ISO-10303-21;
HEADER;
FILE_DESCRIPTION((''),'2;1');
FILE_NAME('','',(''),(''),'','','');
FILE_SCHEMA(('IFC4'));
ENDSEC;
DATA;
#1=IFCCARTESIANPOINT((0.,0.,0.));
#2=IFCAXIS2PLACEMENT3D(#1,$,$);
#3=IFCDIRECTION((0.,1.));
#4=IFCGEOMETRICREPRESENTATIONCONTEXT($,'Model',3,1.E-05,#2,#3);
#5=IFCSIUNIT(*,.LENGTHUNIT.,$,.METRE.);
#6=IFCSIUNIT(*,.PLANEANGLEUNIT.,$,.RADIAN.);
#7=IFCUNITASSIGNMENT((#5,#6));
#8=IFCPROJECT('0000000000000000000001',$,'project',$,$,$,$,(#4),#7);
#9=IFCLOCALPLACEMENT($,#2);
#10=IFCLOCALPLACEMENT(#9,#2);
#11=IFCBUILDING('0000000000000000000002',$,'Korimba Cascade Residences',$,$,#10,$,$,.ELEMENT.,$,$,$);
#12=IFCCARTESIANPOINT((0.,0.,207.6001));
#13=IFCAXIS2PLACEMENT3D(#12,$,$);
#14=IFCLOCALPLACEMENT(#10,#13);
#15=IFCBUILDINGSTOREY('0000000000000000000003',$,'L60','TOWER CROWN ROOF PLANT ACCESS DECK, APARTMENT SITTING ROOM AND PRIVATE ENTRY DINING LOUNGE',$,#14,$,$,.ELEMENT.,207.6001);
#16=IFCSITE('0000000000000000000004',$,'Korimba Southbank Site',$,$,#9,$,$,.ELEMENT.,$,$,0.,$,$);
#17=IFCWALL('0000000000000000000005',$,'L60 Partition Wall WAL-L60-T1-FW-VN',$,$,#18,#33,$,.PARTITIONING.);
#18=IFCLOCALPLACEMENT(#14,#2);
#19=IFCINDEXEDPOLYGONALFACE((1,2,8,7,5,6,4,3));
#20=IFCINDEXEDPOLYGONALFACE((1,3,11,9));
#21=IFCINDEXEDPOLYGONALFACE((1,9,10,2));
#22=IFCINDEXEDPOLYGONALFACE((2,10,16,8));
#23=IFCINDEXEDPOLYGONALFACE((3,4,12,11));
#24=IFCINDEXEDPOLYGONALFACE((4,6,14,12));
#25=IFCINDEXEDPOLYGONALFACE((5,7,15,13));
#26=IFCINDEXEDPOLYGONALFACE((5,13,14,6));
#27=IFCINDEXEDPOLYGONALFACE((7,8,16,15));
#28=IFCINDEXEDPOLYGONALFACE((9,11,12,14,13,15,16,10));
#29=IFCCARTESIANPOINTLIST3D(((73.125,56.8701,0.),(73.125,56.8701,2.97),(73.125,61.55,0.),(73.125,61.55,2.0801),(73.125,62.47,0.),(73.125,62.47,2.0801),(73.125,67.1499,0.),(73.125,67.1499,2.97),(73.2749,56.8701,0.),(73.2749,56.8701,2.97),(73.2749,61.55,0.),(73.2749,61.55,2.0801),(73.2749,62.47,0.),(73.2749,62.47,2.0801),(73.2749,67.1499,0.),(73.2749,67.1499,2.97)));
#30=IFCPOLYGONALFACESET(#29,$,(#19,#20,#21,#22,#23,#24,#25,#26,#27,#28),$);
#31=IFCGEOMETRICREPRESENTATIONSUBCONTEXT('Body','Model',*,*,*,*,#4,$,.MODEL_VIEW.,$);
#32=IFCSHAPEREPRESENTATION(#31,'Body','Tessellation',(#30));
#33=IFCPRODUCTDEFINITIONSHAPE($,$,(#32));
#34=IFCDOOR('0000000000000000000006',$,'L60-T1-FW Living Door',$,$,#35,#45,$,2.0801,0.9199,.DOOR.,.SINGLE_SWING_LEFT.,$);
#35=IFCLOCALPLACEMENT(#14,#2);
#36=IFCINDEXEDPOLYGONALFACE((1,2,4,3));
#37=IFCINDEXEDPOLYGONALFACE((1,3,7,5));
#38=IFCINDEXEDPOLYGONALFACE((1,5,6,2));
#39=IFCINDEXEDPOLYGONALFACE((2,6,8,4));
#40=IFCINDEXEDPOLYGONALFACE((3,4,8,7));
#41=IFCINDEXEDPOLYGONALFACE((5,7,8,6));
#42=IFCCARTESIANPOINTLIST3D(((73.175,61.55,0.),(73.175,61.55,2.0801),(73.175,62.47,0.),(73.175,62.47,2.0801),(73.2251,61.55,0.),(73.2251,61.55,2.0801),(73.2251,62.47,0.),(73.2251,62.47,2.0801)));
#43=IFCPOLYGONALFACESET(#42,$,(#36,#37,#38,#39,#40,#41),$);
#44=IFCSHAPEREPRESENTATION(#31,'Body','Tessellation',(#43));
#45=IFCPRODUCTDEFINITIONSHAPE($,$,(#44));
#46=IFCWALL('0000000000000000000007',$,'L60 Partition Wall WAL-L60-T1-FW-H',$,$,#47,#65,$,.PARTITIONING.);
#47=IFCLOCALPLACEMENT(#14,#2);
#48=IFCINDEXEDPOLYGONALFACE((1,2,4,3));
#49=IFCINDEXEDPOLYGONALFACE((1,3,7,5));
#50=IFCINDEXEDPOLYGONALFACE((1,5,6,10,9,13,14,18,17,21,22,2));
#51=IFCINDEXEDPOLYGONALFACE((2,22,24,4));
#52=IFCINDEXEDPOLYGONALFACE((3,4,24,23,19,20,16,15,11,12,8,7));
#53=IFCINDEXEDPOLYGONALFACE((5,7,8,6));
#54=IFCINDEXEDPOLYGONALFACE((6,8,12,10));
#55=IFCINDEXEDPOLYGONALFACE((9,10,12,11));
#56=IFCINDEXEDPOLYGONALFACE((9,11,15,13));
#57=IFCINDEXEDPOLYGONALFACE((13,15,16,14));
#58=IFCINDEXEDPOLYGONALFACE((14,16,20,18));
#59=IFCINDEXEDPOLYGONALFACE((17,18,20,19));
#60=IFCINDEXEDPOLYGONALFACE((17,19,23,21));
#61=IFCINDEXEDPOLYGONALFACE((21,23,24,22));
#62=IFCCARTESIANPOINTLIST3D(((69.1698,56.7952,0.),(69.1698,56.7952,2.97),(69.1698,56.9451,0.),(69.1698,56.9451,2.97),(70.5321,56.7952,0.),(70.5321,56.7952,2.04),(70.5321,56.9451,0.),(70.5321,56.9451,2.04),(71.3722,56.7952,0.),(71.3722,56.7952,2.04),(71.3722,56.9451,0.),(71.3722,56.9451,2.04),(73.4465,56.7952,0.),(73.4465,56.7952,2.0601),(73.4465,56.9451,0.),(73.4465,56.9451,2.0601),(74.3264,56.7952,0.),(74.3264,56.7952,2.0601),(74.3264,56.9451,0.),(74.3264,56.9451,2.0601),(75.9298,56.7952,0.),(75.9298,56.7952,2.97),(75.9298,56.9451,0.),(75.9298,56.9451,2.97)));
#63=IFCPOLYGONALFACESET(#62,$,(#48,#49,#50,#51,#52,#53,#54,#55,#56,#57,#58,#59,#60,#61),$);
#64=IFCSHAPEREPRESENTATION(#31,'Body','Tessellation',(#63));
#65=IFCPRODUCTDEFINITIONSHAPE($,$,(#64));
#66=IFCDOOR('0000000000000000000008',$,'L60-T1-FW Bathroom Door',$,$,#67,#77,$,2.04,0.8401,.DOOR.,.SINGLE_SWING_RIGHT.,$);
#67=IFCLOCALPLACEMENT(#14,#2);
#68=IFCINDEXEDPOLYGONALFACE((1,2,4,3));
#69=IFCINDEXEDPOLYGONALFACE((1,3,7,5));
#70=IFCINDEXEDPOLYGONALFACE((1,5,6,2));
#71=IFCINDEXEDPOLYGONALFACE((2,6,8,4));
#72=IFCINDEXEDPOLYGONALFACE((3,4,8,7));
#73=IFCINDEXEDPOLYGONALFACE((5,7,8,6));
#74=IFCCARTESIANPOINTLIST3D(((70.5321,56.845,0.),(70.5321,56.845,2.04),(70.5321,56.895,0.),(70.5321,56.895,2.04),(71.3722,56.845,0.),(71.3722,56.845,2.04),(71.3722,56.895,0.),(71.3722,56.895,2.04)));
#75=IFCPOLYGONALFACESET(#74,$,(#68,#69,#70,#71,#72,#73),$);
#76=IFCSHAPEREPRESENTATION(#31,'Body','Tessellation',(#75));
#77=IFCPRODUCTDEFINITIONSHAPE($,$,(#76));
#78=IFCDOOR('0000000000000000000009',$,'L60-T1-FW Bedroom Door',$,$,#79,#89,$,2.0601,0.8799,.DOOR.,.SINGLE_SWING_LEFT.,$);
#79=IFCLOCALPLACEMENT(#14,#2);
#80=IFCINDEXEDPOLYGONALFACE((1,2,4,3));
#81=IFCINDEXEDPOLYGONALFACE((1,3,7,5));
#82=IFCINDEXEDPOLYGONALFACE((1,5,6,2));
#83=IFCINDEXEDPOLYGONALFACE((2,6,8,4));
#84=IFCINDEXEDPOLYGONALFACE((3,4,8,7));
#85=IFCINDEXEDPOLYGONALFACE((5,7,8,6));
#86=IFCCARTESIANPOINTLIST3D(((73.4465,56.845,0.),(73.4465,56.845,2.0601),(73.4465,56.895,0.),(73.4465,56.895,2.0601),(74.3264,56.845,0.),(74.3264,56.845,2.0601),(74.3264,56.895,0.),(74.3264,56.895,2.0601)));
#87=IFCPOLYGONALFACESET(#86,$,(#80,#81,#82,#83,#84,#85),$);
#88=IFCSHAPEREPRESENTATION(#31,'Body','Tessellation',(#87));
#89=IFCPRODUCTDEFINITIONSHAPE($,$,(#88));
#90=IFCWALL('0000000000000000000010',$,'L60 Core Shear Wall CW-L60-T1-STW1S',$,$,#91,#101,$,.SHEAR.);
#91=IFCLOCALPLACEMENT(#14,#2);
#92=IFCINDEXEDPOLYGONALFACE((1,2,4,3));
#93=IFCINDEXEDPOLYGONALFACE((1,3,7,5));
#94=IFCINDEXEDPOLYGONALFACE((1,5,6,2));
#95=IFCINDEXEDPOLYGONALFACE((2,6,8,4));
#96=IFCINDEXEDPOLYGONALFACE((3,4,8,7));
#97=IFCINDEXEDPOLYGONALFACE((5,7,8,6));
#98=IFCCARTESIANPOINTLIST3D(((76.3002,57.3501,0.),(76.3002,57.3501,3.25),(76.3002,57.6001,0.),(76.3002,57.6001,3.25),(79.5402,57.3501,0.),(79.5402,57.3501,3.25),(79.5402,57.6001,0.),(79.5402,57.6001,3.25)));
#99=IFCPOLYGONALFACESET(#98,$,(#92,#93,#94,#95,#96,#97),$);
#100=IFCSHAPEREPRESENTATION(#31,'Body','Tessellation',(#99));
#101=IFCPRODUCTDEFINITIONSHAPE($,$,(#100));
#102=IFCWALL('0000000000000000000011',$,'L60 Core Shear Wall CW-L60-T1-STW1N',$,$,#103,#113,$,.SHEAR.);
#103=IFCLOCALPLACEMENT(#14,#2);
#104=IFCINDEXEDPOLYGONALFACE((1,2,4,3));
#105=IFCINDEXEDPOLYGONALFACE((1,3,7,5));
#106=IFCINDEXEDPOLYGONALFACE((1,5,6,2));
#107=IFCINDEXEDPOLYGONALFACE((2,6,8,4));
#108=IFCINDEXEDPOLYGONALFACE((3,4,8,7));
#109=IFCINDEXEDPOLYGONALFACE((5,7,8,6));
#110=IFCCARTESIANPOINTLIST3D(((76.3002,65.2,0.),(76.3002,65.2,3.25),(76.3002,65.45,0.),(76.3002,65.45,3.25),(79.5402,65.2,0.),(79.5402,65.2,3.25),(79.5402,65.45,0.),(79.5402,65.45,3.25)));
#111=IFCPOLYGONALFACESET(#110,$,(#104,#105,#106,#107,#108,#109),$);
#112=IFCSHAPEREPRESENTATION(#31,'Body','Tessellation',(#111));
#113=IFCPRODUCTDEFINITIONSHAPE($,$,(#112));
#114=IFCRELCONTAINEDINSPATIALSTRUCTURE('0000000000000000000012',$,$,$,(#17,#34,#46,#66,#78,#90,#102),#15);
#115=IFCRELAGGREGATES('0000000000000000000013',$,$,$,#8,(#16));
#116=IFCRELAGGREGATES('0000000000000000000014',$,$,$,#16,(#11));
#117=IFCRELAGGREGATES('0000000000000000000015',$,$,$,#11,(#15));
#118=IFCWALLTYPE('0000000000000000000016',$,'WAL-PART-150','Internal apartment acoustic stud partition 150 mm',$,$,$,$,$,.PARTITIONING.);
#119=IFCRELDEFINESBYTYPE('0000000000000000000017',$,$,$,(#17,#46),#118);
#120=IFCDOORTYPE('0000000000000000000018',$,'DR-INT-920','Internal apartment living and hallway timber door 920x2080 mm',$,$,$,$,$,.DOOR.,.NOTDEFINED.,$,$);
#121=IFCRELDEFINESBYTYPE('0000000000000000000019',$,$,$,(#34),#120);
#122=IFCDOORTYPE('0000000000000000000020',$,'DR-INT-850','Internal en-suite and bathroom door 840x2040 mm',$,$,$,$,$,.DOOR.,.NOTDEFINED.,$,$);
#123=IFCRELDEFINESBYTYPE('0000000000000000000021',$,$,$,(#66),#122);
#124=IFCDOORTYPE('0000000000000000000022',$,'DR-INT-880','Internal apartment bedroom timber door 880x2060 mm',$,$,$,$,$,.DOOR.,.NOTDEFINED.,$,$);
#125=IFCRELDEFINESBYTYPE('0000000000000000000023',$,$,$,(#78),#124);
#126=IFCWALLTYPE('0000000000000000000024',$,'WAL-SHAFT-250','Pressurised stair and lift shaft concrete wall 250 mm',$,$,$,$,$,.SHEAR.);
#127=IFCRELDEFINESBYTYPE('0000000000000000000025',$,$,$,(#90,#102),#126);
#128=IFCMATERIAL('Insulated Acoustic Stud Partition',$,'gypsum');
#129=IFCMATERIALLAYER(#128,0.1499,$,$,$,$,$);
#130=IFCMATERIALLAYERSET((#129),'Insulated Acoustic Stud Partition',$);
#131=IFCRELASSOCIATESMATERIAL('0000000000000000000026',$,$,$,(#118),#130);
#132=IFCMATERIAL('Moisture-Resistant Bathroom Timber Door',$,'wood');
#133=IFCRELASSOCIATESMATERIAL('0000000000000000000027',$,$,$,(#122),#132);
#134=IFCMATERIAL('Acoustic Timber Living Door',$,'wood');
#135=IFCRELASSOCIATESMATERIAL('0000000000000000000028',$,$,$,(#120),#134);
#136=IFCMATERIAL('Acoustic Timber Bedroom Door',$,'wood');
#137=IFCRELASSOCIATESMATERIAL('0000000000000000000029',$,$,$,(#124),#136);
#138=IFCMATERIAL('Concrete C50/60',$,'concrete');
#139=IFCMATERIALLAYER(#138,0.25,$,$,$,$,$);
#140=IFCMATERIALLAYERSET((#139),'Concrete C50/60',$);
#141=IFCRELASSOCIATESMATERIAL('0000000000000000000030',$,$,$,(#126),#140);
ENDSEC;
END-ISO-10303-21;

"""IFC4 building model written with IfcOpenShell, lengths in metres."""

from ifc_helpers import new_model, si_unit, direction, frame, frame_2d, origin, place, context, subcontext, project, spatial, rectangle, extrude, material, layer, layer_set, type_object, element, fill, save


model = new_model("IFC4")

# Units and contexts
model_context = context("Model", 3, precision=1e-05, world=origin(), true_north=direction((0.0, 1.0)))
body_context = subcontext(model_context, "Body", "Model", "MODEL_VIEW")
ifc_project = project(units=[si_unit("LENGTHUNIT", "METRE"), si_unit("PLANEANGLEUNIT", "RADIAN")], contexts=[model_context])

# Site, building, storey
site_placement = place(None, origin())
site = spatial("IfcSite", under=ifc_project, at=site_placement, Name="Korimba Southbank Site", CompositionType="ELEMENT", RefElevation=0.0)
building_placement = place(site_placement, origin())
building = spatial("IfcBuilding", under=site, at=building_placement, Name="Korimba Cascade Residences", CompositionType="ELEMENT")
storey_placement = place(building_placement, frame((0.0, 0.0, 207.6001)))
storey = spatial("IfcBuildingStorey", under=building, at=storey_placement, Name="L60", Description="TOWER CROWN ROOF PLANT ACCESS DECK, APARTMENT SITTING ROOM AND PRIVATE ENTRY DINING LOUNGE", CompositionType="ELEMENT", Elevation=207.6001)

# Wall, opening, door
ifc_material_1 = material(Name="Insulated Acoustic Stud Partition", Category="gypsum")
ifc_layer_1 = layer(ifc_material_1, 0.1499)
ifc_layer_set_1 = layer_set([ifc_layer_1], Name="Insulated Acoustic Stud Partition")
wall_type_1 = type_object("IfcWallType", Name="WAL-PART-150", Description="Internal apartment acoustic stud partition 150 mm", PredefinedType="PARTITIONING", material=ifc_layer_set_1)
ifc_material_2 = material(Name="Moisture-Resistant Bathroom Timber Door", Category="wood")
door_type_1 = type_object("IfcDoorType", Name="DR-INT-850", Description="Internal en-suite and bathroom door 840x2040 mm", OperationType="NOTDEFINED", PredefinedType="DOOR", material=ifc_material_2)
wall_1_placement = place(storey_placement, frame((73.2, 56.8701, 0.0), z_axis=(0.0, 0.0, 1.0), x_axis=(0.0, 1.0, 0.0)))
wall_1 = element("IfcWall", 1, at=wall_1_placement, inside=storey, type_object=wall_type_1, Name="L60 Partition Wall WAL-L60-T1-FW-VN", PredefinedType="PARTITIONING", context=body_context, shape_type="SweptSolid", body=[
    extrude(rectangle(XDim=10.2798, YDim=0.1499, at=frame_2d((5.1399, 0.0))), origin(), (0.0, 0.0, 1.0), 2.97),
])
opening_1_placement = place(wall_1_placement, frame((4.6799, 0.0, 0.0)))
opening_1 = element("IfcOpeningElement", 2, at=opening_1_placement, cuts=wall_1, PredefinedType="OPENING", context=body_context, shape_type="SweptSolid", body=[
    extrude(rectangle(XDim=0.9199, YDim=2.0801, at=frame_2d((0.46, 1.04))), frame((0.0, 0.085, 0.0), z_axis=(0.0, -1.0, 0.0), x_axis=(1.0, 0.0, 0.0)), (0.0, 0.0, 1.0), 0.1699),
])
ifc_material_3 = material(Name="Acoustic Timber Living Door", Category="wood")
door_type_2 = type_object("IfcDoorType", Name="DR-INT-920", Description="Internal apartment living and hallway timber door 920x2080 mm", OperationType="NOTDEFINED", PredefinedType="DOOR", material=ifc_material_3)
door_1_placement = place(opening_1_placement, origin())
door_1 = element("IfcDoor", 3, at=door_1_placement, inside=storey, type_object=door_type_2, Name="L60-T1-FW Living Door", OperationType="SINGLE_SWING_LEFT", OverallHeight=2.0801, OverallWidth=0.9199, PredefinedType="DOOR", context=body_context, shape_type="SweptSolid", body=[
    extrude(rectangle(XDim=0.9199, YDim=2.0801, at=frame_2d((0.46, 1.04))), frame((0.0, 0.0249, 0.0), z_axis=(0.0, -1.0, 0.0), x_axis=(1.0, 0.0, 0.0)), (0.0, 0.0, 1.0), 0.05),
])
fill(opening_1, door_1)

# Wall, openings, doors
wall_2_placement = place(storey_placement, frame((69.1699, 56.8701, 0.0), z_axis=(0.0, 0.0, 1.0), x_axis=(1.0, 0.0, 0.0)))
wall_2 = element("IfcWall", 4, at=wall_2_placement, inside=storey, type_object=wall_type_1, Name="L60 Partition Wall WAL-L60-T1-FW-H", PredefinedType="PARTITIONING", context=body_context, shape_type="SweptSolid", body=[
    extrude(rectangle(XDim=6.76, YDim=0.1499, at=frame_2d((3.3799, 0.0))), origin(), (0.0, 0.0, 1.0), 2.97),
])
opening_2_placement = place(wall_2_placement, frame((1.3623, 0.0, 0.0)))
opening_2 = element("IfcOpeningElement", 5, at=opening_2_placement, cuts=wall_2, PredefinedType="OPENING", context=body_context, shape_type="SweptSolid", body=[
    extrude(rectangle(XDim=0.8401, YDim=2.04, at=frame_2d((0.4199, 1.02))), frame((0.0, 0.085, 0.0), z_axis=(0.0, -1.0, 0.0), x_axis=(1.0, 0.0, 0.0)), (0.0, 0.0, 1.0), 0.1699),
])
opening_3_placement = place(wall_2_placement, frame((4.2766, 0.0, 0.0)))
opening_3 = element("IfcOpeningElement", 6, at=opening_3_placement, cuts=wall_2, PredefinedType="OPENING", context=body_context, shape_type="SweptSolid", body=[
    extrude(rectangle(XDim=0.8799, YDim=2.0601, at=frame_2d((0.4399, 1.03))), frame((0.0, 0.085, 0.0), z_axis=(0.0, -1.0, 0.0), x_axis=(1.0, 0.0, 0.0)), (0.0, 0.0, 1.0), 0.1699),
])
door_2_placement = place(opening_2_placement, origin())
door_2 = element("IfcDoor", 7, at=door_2_placement, inside=storey, type_object=door_type_1, Name="L60-T1-FW Bathroom Door", OperationType="SINGLE_SWING_RIGHT", OverallHeight=2.04, OverallWidth=0.8401, PredefinedType="DOOR", context=body_context, shape_type="SweptSolid", body=[
    extrude(rectangle(XDim=0.8401, YDim=2.04, at=frame_2d((0.4199, 1.02))), frame((0.0, 0.0249, 0.0), z_axis=(0.0, -1.0, 0.0), x_axis=(1.0, 0.0, 0.0)), (0.0, 0.0, 1.0), 0.05),
])
fill(opening_2, door_2)
ifc_material_4 = material(Name="Acoustic Timber Bedroom Door", Category="wood")
door_type_3 = type_object("IfcDoorType", Name="DR-INT-880", Description="Internal apartment bedroom timber door 880x2060 mm", OperationType="NOTDEFINED", PredefinedType="DOOR", material=ifc_material_4)
door_3_placement = place(opening_3_placement, origin())
door_3 = element("IfcDoor", 8, at=door_3_placement, inside=storey, type_object=door_type_3, Name="L60-T1-FW Bedroom Door", OperationType="SINGLE_SWING_LEFT", OverallHeight=2.0601, OverallWidth=0.8799, PredefinedType="DOOR", context=body_context, shape_type="SweptSolid", body=[
    extrude(rectangle(XDim=0.8799, YDim=2.0601, at=frame_2d((0.4399, 1.03))), frame((0.0, 0.0249, 0.0), z_axis=(0.0, -1.0, 0.0), x_axis=(1.0, 0.0, 0.0)), (0.0, 0.0, 1.0), 0.05),
])
fill(opening_3, door_3)

# Walls
ifc_material_5 = material(Name="Concrete C50/60", Category="concrete")
ifc_layer_2 = layer(ifc_material_5, 0.25)
ifc_layer_set_2 = layer_set([ifc_layer_2], Name="Concrete C50/60")
wall_type_2 = type_object("IfcWallType", Name="WAL-SHAFT-250", Description="Pressurised stair and lift shaft concrete wall 250 mm", PredefinedType="SHEAR", material=ifc_layer_set_2)
for number, where, z_axis, x_axis, name in (
    (9, (76.3, 57.4751, 0.0), (0.0, 0.0, 1.0), (1.0, 0.0, 0.0), "L60 Core Shear Wall CW-L60-T1-STW1S"),
    (10, (76.3, 65.325, 0.0), (0.0, 0.0, 1.0), (1.0, 0.0, 0.0), "L60 Core Shear Wall CW-L60-T1-STW1N"),
):
    element("IfcWall", number, at=place(storey_placement, frame(where, z_axis=z_axis, x_axis=x_axis)), inside=storey, type_object=wall_type_2, Name=name, PredefinedType="SHEAR", context=body_context, shape_type="SweptSolid", body=[
        extrude(rectangle(XDim=3.24, YDim=0.25, at=frame_2d((1.6201, 0.0))), origin(), (0.0, 0.0, 1.0), 3.25),
    ])

save(model, "model.ifc")
